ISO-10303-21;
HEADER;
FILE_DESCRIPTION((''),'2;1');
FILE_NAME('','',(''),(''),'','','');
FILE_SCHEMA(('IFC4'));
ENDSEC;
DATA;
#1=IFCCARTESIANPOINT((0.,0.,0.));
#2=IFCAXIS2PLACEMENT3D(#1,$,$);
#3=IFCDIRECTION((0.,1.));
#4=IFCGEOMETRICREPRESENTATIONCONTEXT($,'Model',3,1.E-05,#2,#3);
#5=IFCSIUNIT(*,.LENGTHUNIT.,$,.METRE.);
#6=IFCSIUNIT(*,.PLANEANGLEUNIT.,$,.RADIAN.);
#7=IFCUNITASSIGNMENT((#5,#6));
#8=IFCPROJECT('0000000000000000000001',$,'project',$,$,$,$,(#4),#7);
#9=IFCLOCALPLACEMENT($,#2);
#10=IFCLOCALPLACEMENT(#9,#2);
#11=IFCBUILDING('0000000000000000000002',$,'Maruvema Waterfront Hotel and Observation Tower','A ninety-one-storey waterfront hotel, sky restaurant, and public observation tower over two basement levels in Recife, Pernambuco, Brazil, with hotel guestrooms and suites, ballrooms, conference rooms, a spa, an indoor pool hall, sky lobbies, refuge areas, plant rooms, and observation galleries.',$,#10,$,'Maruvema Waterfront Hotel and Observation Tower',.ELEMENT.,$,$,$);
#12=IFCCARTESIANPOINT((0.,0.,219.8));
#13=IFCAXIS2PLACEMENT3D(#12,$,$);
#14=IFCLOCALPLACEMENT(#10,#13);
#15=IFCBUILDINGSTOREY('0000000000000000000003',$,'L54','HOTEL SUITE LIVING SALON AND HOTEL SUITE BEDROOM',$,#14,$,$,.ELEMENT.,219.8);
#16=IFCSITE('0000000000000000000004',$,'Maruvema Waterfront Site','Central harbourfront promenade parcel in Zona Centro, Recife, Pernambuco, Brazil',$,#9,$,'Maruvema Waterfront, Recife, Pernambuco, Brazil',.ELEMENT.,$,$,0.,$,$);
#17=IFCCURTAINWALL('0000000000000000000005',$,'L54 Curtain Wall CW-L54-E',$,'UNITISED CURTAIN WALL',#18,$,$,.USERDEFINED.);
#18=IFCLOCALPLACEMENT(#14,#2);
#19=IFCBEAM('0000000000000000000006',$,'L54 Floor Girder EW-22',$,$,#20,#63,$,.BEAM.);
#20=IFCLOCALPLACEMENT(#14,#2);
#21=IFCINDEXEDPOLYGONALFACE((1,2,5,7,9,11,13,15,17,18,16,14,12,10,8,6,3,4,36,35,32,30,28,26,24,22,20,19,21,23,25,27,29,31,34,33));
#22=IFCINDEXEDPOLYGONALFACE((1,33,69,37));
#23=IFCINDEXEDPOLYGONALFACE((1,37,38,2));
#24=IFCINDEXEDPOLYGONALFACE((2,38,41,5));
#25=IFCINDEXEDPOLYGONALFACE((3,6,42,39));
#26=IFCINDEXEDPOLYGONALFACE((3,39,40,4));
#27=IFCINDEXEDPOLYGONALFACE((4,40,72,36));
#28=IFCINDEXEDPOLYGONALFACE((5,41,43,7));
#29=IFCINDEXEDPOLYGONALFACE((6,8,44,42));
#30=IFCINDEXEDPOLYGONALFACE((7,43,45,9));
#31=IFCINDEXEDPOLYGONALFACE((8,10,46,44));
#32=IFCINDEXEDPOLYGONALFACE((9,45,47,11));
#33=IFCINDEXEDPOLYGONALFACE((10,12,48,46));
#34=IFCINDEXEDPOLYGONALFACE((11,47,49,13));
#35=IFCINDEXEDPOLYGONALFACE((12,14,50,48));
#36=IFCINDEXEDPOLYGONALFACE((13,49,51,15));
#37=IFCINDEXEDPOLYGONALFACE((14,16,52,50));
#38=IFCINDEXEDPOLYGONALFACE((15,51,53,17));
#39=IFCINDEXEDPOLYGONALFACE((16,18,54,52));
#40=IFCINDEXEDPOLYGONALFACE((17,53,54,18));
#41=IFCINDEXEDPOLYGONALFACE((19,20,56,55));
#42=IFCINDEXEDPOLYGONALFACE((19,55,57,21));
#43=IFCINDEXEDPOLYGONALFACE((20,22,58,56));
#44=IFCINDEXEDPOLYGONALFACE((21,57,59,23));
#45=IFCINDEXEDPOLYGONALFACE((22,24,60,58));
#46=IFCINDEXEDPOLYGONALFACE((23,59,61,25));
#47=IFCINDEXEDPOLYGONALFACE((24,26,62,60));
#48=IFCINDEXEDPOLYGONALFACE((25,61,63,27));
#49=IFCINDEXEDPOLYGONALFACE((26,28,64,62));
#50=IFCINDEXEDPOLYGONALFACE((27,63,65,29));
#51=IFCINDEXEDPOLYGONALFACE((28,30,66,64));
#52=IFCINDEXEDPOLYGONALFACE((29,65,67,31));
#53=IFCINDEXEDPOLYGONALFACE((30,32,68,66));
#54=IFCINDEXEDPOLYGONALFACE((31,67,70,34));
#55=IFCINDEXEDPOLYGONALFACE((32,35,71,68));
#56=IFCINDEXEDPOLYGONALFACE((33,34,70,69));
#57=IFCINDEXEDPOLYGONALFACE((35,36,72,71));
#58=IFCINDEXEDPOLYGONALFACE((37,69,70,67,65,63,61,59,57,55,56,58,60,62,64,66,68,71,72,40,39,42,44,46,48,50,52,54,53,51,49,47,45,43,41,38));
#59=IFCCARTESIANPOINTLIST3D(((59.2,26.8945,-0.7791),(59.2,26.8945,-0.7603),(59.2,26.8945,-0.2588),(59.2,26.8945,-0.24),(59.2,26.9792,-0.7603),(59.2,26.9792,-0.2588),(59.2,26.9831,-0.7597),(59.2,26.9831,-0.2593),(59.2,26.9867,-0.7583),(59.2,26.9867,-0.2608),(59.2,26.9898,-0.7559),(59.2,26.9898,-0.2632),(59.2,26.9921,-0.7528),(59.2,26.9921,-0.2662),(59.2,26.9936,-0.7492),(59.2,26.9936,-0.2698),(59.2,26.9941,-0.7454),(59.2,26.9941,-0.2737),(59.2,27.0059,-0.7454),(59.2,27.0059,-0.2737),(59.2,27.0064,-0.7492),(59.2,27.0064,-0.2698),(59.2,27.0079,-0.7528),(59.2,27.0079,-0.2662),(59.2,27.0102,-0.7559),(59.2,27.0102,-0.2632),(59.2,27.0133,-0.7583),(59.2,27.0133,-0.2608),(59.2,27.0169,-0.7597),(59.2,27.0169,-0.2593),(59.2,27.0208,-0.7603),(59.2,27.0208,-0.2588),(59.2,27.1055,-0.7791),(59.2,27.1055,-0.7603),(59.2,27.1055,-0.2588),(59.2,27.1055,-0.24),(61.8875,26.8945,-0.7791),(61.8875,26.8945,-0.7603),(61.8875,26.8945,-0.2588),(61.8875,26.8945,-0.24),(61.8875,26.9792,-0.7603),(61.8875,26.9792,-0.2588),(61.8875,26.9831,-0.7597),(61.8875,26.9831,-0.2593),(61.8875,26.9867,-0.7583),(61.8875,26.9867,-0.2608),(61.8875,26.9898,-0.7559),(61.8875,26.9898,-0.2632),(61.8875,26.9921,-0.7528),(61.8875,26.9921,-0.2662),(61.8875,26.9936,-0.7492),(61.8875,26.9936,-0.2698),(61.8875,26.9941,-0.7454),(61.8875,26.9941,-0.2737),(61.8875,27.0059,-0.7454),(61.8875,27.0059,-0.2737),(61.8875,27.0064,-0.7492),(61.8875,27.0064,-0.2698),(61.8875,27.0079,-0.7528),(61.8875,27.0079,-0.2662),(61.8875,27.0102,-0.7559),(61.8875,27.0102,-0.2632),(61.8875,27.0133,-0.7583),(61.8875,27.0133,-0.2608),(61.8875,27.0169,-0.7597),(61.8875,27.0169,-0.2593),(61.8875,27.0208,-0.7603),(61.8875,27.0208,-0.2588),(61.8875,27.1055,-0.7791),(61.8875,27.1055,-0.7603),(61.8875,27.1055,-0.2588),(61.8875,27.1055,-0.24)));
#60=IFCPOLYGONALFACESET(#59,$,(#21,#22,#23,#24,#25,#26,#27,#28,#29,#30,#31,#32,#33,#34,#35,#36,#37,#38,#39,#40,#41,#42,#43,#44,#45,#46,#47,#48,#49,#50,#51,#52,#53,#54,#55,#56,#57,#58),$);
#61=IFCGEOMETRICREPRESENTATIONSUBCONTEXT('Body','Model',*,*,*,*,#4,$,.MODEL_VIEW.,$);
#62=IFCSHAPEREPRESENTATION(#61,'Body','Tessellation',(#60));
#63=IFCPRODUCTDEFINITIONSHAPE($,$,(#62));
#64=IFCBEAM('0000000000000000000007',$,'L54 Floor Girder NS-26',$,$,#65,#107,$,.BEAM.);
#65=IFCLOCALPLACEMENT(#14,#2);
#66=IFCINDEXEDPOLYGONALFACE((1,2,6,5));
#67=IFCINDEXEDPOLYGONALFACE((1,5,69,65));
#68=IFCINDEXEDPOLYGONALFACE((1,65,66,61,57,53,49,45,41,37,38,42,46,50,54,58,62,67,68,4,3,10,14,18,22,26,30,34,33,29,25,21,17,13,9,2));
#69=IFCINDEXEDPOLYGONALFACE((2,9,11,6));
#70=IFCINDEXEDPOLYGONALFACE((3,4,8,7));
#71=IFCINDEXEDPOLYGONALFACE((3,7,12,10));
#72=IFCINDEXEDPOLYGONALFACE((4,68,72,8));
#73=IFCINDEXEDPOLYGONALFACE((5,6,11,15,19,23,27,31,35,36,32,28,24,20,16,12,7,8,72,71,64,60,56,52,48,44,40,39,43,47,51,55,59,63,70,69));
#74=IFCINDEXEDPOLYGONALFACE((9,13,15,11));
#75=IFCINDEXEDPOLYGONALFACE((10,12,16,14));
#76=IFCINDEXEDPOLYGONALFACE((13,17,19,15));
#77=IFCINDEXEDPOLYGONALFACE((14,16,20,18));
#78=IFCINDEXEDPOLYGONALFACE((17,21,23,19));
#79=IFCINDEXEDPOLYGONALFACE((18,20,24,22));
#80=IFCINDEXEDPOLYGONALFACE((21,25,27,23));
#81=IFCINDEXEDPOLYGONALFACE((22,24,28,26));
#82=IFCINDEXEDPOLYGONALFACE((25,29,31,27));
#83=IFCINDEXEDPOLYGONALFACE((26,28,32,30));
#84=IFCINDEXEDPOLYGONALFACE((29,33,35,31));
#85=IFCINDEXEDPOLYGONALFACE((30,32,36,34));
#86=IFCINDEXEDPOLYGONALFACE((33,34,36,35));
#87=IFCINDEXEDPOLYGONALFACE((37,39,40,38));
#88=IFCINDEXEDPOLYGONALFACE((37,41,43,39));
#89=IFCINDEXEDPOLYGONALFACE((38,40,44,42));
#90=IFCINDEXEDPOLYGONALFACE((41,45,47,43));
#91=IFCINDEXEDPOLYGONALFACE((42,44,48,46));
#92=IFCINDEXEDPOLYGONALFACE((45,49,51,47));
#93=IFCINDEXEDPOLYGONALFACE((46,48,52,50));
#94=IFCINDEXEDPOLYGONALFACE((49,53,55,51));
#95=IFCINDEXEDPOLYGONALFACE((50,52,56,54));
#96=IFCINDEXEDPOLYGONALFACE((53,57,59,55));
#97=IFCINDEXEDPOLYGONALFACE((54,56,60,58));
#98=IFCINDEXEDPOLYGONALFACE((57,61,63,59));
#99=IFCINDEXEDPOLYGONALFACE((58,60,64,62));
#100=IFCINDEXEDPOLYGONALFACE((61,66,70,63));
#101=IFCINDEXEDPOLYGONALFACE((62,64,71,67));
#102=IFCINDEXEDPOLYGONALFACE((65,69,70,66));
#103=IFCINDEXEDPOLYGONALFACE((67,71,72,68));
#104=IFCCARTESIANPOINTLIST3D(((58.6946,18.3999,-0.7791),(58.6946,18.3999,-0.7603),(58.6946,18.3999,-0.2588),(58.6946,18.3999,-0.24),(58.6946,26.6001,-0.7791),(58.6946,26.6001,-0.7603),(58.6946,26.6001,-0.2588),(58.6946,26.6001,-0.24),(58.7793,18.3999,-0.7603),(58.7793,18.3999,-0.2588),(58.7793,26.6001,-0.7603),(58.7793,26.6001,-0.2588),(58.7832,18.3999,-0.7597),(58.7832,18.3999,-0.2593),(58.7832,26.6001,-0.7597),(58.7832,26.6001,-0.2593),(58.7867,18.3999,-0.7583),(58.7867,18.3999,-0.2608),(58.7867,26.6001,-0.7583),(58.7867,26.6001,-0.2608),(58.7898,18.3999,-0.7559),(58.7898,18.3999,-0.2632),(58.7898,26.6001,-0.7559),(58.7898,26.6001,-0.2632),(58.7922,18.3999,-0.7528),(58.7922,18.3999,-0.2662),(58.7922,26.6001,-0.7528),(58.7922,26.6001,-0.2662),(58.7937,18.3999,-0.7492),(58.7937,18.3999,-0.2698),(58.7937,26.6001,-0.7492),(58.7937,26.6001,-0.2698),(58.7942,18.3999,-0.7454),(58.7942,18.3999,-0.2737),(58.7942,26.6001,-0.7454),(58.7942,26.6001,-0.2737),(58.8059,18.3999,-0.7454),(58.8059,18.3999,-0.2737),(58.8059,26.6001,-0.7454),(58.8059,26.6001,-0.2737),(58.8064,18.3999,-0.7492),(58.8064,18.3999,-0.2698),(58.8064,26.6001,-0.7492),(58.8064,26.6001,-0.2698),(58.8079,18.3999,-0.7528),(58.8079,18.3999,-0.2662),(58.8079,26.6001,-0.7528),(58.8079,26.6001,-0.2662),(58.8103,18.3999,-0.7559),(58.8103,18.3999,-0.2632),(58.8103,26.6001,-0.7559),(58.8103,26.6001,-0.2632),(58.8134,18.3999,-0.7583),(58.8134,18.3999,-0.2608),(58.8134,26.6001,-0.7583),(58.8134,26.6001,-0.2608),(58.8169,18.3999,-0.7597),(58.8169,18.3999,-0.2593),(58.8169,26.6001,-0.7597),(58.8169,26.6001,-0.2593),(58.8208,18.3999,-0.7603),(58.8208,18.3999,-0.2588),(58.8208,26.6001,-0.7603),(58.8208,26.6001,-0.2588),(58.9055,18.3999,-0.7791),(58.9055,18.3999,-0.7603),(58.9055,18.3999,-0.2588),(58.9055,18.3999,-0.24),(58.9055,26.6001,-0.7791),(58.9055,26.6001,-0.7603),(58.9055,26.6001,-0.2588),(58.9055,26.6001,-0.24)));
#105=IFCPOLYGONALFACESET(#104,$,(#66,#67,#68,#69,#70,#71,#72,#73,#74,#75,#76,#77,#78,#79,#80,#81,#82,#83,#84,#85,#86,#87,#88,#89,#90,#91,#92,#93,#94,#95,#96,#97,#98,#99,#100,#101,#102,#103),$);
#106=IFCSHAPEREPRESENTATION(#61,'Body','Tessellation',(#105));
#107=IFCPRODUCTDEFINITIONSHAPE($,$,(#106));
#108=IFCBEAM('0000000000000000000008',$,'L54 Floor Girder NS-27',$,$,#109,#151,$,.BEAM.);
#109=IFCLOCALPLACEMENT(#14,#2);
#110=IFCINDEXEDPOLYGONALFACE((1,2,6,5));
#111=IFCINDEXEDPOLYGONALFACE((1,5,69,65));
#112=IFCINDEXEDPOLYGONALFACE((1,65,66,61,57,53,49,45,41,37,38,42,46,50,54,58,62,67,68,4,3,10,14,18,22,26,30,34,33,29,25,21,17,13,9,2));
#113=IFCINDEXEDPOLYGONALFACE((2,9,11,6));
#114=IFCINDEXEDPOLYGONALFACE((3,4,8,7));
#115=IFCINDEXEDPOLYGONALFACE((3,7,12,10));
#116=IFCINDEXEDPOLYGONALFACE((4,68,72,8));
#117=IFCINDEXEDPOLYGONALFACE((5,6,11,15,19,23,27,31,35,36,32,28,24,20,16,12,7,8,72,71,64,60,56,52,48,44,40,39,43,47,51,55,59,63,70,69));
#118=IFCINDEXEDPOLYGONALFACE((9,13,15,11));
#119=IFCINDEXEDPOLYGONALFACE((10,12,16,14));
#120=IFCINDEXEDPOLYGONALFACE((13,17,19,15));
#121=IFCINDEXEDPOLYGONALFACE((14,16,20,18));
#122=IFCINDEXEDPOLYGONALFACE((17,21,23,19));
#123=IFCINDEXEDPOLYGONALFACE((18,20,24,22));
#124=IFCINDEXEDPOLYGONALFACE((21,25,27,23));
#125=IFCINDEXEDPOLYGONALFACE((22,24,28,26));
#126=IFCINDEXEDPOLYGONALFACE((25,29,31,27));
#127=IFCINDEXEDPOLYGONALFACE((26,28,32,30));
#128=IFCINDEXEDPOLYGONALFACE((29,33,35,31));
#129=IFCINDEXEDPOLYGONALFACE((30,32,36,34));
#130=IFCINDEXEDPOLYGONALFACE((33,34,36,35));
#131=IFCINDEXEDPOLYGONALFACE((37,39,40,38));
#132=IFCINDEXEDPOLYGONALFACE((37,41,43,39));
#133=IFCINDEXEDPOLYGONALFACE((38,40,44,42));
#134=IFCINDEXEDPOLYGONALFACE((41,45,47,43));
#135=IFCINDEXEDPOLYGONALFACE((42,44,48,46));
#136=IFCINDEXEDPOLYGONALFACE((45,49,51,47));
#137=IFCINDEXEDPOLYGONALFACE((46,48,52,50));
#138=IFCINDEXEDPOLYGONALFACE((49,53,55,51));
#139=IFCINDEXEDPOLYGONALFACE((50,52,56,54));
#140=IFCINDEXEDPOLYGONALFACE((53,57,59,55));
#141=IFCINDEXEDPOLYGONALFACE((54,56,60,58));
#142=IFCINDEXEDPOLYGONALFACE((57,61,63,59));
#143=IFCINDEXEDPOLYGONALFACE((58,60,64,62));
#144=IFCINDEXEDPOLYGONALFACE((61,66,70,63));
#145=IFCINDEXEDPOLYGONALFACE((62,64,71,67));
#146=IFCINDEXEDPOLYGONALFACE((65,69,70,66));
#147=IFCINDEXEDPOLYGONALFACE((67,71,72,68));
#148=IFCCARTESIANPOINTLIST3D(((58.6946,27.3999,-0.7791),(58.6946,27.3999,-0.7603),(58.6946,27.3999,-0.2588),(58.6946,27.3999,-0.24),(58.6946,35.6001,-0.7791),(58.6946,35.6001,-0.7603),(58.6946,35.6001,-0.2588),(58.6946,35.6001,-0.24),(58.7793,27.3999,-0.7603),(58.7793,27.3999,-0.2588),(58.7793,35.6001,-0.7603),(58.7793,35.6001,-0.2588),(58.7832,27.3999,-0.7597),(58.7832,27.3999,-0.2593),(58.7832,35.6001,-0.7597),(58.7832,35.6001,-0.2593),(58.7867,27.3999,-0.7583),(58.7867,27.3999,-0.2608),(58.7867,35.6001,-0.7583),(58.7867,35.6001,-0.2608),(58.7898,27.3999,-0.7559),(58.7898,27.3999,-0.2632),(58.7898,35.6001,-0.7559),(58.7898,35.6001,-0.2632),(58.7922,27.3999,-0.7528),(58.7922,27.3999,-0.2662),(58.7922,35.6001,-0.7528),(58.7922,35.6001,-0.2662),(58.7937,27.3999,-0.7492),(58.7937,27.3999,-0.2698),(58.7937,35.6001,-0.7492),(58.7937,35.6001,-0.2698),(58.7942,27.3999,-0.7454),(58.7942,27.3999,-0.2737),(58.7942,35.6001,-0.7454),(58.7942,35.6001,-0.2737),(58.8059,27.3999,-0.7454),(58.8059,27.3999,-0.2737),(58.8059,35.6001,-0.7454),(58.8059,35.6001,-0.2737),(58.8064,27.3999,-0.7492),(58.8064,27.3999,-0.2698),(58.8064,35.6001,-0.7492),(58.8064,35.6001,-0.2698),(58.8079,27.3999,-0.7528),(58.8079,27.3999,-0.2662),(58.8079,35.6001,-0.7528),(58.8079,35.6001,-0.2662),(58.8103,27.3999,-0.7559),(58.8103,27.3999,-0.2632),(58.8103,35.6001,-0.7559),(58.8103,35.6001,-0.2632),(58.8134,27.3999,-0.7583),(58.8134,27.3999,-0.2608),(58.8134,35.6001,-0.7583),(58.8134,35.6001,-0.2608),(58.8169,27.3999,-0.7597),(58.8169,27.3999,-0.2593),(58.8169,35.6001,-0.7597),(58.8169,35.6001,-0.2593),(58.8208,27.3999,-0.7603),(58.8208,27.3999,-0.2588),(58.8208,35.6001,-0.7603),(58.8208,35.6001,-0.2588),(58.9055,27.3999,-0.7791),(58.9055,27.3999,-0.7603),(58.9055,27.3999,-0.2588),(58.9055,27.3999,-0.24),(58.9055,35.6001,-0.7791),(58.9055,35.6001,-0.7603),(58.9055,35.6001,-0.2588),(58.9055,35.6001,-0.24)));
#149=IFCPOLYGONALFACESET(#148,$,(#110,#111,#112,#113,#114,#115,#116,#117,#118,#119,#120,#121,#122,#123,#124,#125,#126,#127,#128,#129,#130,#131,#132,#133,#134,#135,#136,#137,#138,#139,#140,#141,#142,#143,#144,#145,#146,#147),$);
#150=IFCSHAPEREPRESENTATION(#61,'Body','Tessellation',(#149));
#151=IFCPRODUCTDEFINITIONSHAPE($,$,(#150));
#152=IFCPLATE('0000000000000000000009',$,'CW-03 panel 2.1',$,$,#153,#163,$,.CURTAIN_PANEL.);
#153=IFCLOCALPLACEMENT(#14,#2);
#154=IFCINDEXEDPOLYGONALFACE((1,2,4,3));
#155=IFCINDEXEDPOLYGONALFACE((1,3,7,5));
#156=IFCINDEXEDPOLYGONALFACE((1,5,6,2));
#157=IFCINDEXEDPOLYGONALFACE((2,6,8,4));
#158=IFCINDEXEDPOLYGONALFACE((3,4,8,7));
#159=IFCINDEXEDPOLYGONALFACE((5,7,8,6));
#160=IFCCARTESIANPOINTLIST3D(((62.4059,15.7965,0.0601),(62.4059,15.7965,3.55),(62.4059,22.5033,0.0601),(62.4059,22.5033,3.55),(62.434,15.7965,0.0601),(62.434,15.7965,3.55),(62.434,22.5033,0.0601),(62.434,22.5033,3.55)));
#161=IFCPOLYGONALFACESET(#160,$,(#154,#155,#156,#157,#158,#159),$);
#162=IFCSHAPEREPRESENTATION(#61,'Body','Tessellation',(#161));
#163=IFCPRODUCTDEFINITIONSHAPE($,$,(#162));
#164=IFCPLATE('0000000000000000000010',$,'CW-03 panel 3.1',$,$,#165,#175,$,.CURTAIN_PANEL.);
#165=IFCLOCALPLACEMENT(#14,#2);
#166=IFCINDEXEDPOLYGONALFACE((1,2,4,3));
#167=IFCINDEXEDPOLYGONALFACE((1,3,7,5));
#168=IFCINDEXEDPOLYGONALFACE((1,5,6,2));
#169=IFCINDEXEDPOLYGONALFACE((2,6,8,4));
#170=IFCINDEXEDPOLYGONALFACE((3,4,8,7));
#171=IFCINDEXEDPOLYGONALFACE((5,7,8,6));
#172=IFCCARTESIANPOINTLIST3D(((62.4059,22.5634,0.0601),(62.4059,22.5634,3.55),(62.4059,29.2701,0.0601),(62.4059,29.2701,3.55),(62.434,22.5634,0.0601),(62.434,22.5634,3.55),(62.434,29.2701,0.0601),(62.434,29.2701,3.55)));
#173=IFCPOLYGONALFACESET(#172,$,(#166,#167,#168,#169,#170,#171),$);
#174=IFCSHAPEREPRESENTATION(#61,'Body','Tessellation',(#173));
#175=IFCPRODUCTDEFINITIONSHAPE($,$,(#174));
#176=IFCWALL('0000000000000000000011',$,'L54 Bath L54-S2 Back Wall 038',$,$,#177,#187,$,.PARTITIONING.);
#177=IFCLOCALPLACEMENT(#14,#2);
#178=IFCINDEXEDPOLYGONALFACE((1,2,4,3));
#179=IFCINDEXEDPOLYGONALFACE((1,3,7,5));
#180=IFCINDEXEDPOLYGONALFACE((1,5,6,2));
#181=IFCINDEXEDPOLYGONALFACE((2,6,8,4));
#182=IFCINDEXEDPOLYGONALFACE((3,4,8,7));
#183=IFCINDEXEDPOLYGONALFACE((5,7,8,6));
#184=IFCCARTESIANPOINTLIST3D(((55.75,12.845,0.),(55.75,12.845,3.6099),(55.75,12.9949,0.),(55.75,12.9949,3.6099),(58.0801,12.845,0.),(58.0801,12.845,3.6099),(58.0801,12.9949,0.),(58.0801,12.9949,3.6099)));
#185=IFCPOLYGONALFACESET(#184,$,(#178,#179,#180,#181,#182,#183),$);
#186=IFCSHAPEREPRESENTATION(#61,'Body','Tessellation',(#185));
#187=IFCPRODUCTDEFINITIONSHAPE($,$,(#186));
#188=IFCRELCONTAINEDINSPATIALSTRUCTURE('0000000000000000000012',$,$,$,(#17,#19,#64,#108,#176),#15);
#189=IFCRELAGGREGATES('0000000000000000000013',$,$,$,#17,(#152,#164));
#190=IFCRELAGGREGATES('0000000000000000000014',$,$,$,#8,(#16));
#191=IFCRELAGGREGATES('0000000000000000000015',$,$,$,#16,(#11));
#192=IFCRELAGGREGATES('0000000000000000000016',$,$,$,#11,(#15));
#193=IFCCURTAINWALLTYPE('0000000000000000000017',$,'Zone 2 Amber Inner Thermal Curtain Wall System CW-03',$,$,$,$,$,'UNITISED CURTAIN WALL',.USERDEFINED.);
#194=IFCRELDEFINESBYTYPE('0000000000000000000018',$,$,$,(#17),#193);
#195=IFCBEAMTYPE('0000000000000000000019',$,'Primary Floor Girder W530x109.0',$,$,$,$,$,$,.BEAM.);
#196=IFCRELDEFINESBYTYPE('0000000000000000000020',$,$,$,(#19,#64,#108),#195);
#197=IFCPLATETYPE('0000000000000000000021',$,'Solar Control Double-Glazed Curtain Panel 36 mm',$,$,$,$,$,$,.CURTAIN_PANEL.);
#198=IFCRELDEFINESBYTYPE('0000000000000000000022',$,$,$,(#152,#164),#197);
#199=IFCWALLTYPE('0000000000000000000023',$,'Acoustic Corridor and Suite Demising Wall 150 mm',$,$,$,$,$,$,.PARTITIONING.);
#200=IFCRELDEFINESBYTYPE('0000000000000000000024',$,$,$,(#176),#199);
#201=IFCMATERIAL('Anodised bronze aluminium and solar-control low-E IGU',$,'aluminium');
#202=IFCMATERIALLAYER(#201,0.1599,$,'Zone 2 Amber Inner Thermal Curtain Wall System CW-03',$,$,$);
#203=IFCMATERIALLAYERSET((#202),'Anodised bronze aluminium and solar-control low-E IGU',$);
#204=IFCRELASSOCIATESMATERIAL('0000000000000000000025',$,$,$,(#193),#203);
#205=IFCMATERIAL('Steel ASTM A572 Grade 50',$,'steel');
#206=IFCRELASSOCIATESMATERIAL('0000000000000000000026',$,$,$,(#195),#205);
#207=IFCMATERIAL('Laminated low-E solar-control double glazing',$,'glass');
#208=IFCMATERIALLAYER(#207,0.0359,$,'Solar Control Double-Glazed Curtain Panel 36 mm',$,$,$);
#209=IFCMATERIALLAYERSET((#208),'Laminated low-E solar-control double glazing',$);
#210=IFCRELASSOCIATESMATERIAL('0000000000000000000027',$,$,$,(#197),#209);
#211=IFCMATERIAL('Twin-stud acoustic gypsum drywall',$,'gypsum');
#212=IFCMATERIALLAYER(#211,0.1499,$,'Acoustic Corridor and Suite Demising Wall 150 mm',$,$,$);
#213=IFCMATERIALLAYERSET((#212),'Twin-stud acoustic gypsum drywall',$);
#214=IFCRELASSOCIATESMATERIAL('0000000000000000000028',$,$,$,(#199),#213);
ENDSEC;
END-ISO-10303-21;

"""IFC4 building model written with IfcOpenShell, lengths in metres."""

from ifc_helpers import new_model, si_unit, direction, frame, frame_2d, origin, origin_2d, place, context, subcontext, project, spatial, rectangle, i_section, extrude, material, layer, layer_set, material_profile, profile_set, type_object, element, aggregate, save


model = new_model("IFC4")

# Units and contexts
model_context = context("Model", 3, precision=1e-05, world=origin(), true_north=direction((0.0, 1.0)))
body_context = subcontext(model_context, "Body", "Model", "MODEL_VIEW")
ifc_project = project(units=[si_unit("LENGTHUNIT", "METRE"), si_unit("PLANEANGLEUNIT", "RADIAN")], contexts=[model_context])

# Site, building, storey
site_placement = place(None, origin())
site = spatial("IfcSite", under=ifc_project, at=site_placement, Name="Maruvema Waterfront Site", Description="Central harbourfront promenade parcel in Zona Centro, Recife, Pernambuco, Brazil", LongName="Maruvema Waterfront, Recife, Pernambuco, Brazil", CompositionType="ELEMENT", RefElevation=0.0)
building_placement = place(site_placement, origin())
building = spatial("IfcBuilding", under=site, at=building_placement, Name="Maruvema Waterfront Hotel and Observation Tower", Description="A ninety-one-storey waterfront hotel, sky restaurant, and public observation tower over two basement levels in Recife, Pernambuco, Brazil, with hotel guestrooms and suites, ballrooms, conference rooms, a spa, an indoor pool hall, sky lobbies, refuge areas, plant rooms, and observation galleries.", LongName="Maruvema Waterfront Hotel and Observation Tower", CompositionType="ELEMENT")
storey_placement = place(building_placement, frame((0.0, 0.0, 219.8)))
storey = spatial("IfcBuildingStorey", under=building, at=storey_placement, Name="L54", Description="HOTEL SUITE LIVING SALON AND HOTEL SUITE BEDROOM", CompositionType="ELEMENT", Elevation=219.8)

# Curtain wall
ifc_material_1 = material(Name="Anodised bronze aluminium and solar-control low-E IGU", Category="aluminium")
ifc_layer_1 = layer(ifc_material_1, 0.1599, Name="Zone 2 Amber Inner Thermal Curtain Wall System CW-03")
ifc_layer_set_1 = layer_set([ifc_layer_1], Name="Anodised bronze aluminium and solar-control low-E IGU")
curtain_wall_type = type_object("IfcCurtainWallType", Name="Zone 2 Amber Inner Thermal Curtain Wall System CW-03", ElementType="UNITISED CURTAIN WALL", PredefinedType="USERDEFINED", material=ifc_layer_set_1)
curtain_wall_placement = place(storey_placement, origin())
curtain_wall = element("IfcCurtainWall", 1, at=curtain_wall_placement, inside=storey, type_object=curtain_wall_type, Name="L54 Curtain Wall CW-L54-E", ObjectType="UNITISED CURTAIN WALL", PredefinedType="USERDEFINED")

# Beams
ifc_material_2 = material(Name="Steel ASTM A572 Grade 50", Category="steel")
ifc_material_profile_1 = material_profile(ifc_material_2, i_section(OverallWidth=0.2109, OverallDepth=0.5391, WebThickness=0.0117, FlangeThickness=0.0188, FilletRadius=0.0149, at=origin_2d()), Name="W530x109.0")
ifc_profile_set_1 = profile_set([ifc_material_profile_1], Name="Steel ASTM A572 Grade 50")
beam_type_1 = type_object("IfcBeamType", Name="Primary Floor Girder W530x109.0", PredefinedType="BEAM", material=ifc_profile_set_1)
for number, where, z_axis, x_axis, name in (
    (2, (59.2, 27.0, -0.5095), (1.0, 0.0, 0.0), (0.0, 1.0, 0.0), "L54 Floor Girder EW-22"),
):
    element("IfcBeam", number, at=place(storey_placement, frame(where, z_axis=z_axis, x_axis=x_axis)), inside=storey, type_object=beam_type_1, Name=name, PredefinedType="BEAM", context=body_context, shape_type="SweptSolid", body=[
        extrude(i_section(OverallWidth=0.2109, OverallDepth=0.5391, WebThickness=0.0117, FlangeThickness=0.0188, FilletRadius=0.0149, at=origin_2d()), origin(), (0.0, 0.0, 1.0), 2.6875),
    ])
for number, where, z_axis, x_axis, name in (
    (3, (58.8, 18.3999, -0.5095), (0.0, 1.0, 0.0), (-1.0, 0.0, 0.0), "L54 Floor Girder NS-26"),
    (4, (58.8, 27.3999, -0.5095), (0.0, 1.0, 0.0), (-1.0, 0.0, 0.0), "L54 Floor Girder NS-27"),
):
    element("IfcBeam", number, at=place(storey_placement, frame(where, z_axis=z_axis, x_axis=x_axis)), inside=storey, type_object=beam_type_1, Name=name, PredefinedType="BEAM", context=body_context, shape_type="SweptSolid", body=[
        extrude(i_section(OverallWidth=0.2109, OverallDepth=0.5391, WebThickness=0.0117, FlangeThickness=0.0188, FilletRadius=0.0149, at=origin_2d()), origin(), (0.0, 0.0, 1.0), 8.2002),
    ])

# Plates
ifc_material_3 = material(Name="Laminated low-E solar-control double glazing", Category="glass")
ifc_layer_2 = layer(ifc_material_3, 0.0359, Name="Solar Control Double-Glazed Curtain Panel 36 mm")
ifc_layer_set_2 = layer_set([ifc_layer_2], Name="Laminated low-E solar-control double glazing")
plate_type = type_object("IfcPlateType", Name="Solar Control Double-Glazed Curtain Panel 36 mm", PredefinedType="CURTAIN_PANEL", material=ifc_layer_set_2)
plate_1_placement = place(storey_placement, frame((62.4199, 19.1499, 0.0601), z_axis=(0.0, 0.0, 1.0), x_axis=(0.0, 1.0, 0.0)))
plate_1 = element("IfcPlate", 5, at=plate_1_placement, type_object=plate_type, Name="CW-03 panel 2.1", PredefinedType="CURTAIN_PANEL", context=body_context, shape_type="SweptSolid", body=[
    extrude(rectangle(XDim=6.7068, YDim=0.0281, at=origin_2d()), origin(), (0.0, 0.0, 1.0), 3.49),
])
plate_2_placement = place(storey_placement, frame((62.4199, 25.9167, 0.0601), z_axis=(0.0, 0.0, 1.0), x_axis=(0.0, 1.0, 0.0)))
plate_2 = element("IfcPlate", 6, at=plate_2_placement, type_object=plate_type, Name="CW-03 panel 3.1", PredefinedType="CURTAIN_PANEL", context=body_context, shape_type="SweptSolid", body=[
    extrude(rectangle(XDim=6.7068, YDim=0.0281, at=origin_2d()), origin(), (0.0, 0.0, 1.0), 3.49),
])
aggregate(curtain_wall, [plate_1, plate_2])

# Wall
ifc_material_4 = material(Name="Twin-stud acoustic gypsum drywall", Category="gypsum")
ifc_layer_3 = layer(ifc_material_4, 0.1499, Name="Acoustic Corridor and Suite Demising Wall 150 mm")
ifc_layer_set_3 = layer_set([ifc_layer_3], Name="Twin-stud acoustic gypsum drywall")
wall_type = type_object("IfcWallType", Name="Acoustic Corridor and Suite Demising Wall 150 mm", PredefinedType="PARTITIONING", material=ifc_layer_set_3)
wall_placement = place(storey_placement, frame((55.75, 12.9199, 0.0), z_axis=(0.0, 0.0, 1.0), x_axis=(1.0, 0.0, 0.0)))
element("IfcWall", 7, at=wall_placement, inside=storey, type_object=wall_type, Name="L54 Bath L54-S2 Back Wall 038", PredefinedType="PARTITIONING", context=body_context, shape_type="SweptSolid", body=[
    extrude(rectangle(XDim=2.3301, YDim=0.1499, at=frame_2d((1.165, 0.0))), origin(), (0.0, 0.0, 1.0), 3.6099),
])

save(model, "model.ifc")
